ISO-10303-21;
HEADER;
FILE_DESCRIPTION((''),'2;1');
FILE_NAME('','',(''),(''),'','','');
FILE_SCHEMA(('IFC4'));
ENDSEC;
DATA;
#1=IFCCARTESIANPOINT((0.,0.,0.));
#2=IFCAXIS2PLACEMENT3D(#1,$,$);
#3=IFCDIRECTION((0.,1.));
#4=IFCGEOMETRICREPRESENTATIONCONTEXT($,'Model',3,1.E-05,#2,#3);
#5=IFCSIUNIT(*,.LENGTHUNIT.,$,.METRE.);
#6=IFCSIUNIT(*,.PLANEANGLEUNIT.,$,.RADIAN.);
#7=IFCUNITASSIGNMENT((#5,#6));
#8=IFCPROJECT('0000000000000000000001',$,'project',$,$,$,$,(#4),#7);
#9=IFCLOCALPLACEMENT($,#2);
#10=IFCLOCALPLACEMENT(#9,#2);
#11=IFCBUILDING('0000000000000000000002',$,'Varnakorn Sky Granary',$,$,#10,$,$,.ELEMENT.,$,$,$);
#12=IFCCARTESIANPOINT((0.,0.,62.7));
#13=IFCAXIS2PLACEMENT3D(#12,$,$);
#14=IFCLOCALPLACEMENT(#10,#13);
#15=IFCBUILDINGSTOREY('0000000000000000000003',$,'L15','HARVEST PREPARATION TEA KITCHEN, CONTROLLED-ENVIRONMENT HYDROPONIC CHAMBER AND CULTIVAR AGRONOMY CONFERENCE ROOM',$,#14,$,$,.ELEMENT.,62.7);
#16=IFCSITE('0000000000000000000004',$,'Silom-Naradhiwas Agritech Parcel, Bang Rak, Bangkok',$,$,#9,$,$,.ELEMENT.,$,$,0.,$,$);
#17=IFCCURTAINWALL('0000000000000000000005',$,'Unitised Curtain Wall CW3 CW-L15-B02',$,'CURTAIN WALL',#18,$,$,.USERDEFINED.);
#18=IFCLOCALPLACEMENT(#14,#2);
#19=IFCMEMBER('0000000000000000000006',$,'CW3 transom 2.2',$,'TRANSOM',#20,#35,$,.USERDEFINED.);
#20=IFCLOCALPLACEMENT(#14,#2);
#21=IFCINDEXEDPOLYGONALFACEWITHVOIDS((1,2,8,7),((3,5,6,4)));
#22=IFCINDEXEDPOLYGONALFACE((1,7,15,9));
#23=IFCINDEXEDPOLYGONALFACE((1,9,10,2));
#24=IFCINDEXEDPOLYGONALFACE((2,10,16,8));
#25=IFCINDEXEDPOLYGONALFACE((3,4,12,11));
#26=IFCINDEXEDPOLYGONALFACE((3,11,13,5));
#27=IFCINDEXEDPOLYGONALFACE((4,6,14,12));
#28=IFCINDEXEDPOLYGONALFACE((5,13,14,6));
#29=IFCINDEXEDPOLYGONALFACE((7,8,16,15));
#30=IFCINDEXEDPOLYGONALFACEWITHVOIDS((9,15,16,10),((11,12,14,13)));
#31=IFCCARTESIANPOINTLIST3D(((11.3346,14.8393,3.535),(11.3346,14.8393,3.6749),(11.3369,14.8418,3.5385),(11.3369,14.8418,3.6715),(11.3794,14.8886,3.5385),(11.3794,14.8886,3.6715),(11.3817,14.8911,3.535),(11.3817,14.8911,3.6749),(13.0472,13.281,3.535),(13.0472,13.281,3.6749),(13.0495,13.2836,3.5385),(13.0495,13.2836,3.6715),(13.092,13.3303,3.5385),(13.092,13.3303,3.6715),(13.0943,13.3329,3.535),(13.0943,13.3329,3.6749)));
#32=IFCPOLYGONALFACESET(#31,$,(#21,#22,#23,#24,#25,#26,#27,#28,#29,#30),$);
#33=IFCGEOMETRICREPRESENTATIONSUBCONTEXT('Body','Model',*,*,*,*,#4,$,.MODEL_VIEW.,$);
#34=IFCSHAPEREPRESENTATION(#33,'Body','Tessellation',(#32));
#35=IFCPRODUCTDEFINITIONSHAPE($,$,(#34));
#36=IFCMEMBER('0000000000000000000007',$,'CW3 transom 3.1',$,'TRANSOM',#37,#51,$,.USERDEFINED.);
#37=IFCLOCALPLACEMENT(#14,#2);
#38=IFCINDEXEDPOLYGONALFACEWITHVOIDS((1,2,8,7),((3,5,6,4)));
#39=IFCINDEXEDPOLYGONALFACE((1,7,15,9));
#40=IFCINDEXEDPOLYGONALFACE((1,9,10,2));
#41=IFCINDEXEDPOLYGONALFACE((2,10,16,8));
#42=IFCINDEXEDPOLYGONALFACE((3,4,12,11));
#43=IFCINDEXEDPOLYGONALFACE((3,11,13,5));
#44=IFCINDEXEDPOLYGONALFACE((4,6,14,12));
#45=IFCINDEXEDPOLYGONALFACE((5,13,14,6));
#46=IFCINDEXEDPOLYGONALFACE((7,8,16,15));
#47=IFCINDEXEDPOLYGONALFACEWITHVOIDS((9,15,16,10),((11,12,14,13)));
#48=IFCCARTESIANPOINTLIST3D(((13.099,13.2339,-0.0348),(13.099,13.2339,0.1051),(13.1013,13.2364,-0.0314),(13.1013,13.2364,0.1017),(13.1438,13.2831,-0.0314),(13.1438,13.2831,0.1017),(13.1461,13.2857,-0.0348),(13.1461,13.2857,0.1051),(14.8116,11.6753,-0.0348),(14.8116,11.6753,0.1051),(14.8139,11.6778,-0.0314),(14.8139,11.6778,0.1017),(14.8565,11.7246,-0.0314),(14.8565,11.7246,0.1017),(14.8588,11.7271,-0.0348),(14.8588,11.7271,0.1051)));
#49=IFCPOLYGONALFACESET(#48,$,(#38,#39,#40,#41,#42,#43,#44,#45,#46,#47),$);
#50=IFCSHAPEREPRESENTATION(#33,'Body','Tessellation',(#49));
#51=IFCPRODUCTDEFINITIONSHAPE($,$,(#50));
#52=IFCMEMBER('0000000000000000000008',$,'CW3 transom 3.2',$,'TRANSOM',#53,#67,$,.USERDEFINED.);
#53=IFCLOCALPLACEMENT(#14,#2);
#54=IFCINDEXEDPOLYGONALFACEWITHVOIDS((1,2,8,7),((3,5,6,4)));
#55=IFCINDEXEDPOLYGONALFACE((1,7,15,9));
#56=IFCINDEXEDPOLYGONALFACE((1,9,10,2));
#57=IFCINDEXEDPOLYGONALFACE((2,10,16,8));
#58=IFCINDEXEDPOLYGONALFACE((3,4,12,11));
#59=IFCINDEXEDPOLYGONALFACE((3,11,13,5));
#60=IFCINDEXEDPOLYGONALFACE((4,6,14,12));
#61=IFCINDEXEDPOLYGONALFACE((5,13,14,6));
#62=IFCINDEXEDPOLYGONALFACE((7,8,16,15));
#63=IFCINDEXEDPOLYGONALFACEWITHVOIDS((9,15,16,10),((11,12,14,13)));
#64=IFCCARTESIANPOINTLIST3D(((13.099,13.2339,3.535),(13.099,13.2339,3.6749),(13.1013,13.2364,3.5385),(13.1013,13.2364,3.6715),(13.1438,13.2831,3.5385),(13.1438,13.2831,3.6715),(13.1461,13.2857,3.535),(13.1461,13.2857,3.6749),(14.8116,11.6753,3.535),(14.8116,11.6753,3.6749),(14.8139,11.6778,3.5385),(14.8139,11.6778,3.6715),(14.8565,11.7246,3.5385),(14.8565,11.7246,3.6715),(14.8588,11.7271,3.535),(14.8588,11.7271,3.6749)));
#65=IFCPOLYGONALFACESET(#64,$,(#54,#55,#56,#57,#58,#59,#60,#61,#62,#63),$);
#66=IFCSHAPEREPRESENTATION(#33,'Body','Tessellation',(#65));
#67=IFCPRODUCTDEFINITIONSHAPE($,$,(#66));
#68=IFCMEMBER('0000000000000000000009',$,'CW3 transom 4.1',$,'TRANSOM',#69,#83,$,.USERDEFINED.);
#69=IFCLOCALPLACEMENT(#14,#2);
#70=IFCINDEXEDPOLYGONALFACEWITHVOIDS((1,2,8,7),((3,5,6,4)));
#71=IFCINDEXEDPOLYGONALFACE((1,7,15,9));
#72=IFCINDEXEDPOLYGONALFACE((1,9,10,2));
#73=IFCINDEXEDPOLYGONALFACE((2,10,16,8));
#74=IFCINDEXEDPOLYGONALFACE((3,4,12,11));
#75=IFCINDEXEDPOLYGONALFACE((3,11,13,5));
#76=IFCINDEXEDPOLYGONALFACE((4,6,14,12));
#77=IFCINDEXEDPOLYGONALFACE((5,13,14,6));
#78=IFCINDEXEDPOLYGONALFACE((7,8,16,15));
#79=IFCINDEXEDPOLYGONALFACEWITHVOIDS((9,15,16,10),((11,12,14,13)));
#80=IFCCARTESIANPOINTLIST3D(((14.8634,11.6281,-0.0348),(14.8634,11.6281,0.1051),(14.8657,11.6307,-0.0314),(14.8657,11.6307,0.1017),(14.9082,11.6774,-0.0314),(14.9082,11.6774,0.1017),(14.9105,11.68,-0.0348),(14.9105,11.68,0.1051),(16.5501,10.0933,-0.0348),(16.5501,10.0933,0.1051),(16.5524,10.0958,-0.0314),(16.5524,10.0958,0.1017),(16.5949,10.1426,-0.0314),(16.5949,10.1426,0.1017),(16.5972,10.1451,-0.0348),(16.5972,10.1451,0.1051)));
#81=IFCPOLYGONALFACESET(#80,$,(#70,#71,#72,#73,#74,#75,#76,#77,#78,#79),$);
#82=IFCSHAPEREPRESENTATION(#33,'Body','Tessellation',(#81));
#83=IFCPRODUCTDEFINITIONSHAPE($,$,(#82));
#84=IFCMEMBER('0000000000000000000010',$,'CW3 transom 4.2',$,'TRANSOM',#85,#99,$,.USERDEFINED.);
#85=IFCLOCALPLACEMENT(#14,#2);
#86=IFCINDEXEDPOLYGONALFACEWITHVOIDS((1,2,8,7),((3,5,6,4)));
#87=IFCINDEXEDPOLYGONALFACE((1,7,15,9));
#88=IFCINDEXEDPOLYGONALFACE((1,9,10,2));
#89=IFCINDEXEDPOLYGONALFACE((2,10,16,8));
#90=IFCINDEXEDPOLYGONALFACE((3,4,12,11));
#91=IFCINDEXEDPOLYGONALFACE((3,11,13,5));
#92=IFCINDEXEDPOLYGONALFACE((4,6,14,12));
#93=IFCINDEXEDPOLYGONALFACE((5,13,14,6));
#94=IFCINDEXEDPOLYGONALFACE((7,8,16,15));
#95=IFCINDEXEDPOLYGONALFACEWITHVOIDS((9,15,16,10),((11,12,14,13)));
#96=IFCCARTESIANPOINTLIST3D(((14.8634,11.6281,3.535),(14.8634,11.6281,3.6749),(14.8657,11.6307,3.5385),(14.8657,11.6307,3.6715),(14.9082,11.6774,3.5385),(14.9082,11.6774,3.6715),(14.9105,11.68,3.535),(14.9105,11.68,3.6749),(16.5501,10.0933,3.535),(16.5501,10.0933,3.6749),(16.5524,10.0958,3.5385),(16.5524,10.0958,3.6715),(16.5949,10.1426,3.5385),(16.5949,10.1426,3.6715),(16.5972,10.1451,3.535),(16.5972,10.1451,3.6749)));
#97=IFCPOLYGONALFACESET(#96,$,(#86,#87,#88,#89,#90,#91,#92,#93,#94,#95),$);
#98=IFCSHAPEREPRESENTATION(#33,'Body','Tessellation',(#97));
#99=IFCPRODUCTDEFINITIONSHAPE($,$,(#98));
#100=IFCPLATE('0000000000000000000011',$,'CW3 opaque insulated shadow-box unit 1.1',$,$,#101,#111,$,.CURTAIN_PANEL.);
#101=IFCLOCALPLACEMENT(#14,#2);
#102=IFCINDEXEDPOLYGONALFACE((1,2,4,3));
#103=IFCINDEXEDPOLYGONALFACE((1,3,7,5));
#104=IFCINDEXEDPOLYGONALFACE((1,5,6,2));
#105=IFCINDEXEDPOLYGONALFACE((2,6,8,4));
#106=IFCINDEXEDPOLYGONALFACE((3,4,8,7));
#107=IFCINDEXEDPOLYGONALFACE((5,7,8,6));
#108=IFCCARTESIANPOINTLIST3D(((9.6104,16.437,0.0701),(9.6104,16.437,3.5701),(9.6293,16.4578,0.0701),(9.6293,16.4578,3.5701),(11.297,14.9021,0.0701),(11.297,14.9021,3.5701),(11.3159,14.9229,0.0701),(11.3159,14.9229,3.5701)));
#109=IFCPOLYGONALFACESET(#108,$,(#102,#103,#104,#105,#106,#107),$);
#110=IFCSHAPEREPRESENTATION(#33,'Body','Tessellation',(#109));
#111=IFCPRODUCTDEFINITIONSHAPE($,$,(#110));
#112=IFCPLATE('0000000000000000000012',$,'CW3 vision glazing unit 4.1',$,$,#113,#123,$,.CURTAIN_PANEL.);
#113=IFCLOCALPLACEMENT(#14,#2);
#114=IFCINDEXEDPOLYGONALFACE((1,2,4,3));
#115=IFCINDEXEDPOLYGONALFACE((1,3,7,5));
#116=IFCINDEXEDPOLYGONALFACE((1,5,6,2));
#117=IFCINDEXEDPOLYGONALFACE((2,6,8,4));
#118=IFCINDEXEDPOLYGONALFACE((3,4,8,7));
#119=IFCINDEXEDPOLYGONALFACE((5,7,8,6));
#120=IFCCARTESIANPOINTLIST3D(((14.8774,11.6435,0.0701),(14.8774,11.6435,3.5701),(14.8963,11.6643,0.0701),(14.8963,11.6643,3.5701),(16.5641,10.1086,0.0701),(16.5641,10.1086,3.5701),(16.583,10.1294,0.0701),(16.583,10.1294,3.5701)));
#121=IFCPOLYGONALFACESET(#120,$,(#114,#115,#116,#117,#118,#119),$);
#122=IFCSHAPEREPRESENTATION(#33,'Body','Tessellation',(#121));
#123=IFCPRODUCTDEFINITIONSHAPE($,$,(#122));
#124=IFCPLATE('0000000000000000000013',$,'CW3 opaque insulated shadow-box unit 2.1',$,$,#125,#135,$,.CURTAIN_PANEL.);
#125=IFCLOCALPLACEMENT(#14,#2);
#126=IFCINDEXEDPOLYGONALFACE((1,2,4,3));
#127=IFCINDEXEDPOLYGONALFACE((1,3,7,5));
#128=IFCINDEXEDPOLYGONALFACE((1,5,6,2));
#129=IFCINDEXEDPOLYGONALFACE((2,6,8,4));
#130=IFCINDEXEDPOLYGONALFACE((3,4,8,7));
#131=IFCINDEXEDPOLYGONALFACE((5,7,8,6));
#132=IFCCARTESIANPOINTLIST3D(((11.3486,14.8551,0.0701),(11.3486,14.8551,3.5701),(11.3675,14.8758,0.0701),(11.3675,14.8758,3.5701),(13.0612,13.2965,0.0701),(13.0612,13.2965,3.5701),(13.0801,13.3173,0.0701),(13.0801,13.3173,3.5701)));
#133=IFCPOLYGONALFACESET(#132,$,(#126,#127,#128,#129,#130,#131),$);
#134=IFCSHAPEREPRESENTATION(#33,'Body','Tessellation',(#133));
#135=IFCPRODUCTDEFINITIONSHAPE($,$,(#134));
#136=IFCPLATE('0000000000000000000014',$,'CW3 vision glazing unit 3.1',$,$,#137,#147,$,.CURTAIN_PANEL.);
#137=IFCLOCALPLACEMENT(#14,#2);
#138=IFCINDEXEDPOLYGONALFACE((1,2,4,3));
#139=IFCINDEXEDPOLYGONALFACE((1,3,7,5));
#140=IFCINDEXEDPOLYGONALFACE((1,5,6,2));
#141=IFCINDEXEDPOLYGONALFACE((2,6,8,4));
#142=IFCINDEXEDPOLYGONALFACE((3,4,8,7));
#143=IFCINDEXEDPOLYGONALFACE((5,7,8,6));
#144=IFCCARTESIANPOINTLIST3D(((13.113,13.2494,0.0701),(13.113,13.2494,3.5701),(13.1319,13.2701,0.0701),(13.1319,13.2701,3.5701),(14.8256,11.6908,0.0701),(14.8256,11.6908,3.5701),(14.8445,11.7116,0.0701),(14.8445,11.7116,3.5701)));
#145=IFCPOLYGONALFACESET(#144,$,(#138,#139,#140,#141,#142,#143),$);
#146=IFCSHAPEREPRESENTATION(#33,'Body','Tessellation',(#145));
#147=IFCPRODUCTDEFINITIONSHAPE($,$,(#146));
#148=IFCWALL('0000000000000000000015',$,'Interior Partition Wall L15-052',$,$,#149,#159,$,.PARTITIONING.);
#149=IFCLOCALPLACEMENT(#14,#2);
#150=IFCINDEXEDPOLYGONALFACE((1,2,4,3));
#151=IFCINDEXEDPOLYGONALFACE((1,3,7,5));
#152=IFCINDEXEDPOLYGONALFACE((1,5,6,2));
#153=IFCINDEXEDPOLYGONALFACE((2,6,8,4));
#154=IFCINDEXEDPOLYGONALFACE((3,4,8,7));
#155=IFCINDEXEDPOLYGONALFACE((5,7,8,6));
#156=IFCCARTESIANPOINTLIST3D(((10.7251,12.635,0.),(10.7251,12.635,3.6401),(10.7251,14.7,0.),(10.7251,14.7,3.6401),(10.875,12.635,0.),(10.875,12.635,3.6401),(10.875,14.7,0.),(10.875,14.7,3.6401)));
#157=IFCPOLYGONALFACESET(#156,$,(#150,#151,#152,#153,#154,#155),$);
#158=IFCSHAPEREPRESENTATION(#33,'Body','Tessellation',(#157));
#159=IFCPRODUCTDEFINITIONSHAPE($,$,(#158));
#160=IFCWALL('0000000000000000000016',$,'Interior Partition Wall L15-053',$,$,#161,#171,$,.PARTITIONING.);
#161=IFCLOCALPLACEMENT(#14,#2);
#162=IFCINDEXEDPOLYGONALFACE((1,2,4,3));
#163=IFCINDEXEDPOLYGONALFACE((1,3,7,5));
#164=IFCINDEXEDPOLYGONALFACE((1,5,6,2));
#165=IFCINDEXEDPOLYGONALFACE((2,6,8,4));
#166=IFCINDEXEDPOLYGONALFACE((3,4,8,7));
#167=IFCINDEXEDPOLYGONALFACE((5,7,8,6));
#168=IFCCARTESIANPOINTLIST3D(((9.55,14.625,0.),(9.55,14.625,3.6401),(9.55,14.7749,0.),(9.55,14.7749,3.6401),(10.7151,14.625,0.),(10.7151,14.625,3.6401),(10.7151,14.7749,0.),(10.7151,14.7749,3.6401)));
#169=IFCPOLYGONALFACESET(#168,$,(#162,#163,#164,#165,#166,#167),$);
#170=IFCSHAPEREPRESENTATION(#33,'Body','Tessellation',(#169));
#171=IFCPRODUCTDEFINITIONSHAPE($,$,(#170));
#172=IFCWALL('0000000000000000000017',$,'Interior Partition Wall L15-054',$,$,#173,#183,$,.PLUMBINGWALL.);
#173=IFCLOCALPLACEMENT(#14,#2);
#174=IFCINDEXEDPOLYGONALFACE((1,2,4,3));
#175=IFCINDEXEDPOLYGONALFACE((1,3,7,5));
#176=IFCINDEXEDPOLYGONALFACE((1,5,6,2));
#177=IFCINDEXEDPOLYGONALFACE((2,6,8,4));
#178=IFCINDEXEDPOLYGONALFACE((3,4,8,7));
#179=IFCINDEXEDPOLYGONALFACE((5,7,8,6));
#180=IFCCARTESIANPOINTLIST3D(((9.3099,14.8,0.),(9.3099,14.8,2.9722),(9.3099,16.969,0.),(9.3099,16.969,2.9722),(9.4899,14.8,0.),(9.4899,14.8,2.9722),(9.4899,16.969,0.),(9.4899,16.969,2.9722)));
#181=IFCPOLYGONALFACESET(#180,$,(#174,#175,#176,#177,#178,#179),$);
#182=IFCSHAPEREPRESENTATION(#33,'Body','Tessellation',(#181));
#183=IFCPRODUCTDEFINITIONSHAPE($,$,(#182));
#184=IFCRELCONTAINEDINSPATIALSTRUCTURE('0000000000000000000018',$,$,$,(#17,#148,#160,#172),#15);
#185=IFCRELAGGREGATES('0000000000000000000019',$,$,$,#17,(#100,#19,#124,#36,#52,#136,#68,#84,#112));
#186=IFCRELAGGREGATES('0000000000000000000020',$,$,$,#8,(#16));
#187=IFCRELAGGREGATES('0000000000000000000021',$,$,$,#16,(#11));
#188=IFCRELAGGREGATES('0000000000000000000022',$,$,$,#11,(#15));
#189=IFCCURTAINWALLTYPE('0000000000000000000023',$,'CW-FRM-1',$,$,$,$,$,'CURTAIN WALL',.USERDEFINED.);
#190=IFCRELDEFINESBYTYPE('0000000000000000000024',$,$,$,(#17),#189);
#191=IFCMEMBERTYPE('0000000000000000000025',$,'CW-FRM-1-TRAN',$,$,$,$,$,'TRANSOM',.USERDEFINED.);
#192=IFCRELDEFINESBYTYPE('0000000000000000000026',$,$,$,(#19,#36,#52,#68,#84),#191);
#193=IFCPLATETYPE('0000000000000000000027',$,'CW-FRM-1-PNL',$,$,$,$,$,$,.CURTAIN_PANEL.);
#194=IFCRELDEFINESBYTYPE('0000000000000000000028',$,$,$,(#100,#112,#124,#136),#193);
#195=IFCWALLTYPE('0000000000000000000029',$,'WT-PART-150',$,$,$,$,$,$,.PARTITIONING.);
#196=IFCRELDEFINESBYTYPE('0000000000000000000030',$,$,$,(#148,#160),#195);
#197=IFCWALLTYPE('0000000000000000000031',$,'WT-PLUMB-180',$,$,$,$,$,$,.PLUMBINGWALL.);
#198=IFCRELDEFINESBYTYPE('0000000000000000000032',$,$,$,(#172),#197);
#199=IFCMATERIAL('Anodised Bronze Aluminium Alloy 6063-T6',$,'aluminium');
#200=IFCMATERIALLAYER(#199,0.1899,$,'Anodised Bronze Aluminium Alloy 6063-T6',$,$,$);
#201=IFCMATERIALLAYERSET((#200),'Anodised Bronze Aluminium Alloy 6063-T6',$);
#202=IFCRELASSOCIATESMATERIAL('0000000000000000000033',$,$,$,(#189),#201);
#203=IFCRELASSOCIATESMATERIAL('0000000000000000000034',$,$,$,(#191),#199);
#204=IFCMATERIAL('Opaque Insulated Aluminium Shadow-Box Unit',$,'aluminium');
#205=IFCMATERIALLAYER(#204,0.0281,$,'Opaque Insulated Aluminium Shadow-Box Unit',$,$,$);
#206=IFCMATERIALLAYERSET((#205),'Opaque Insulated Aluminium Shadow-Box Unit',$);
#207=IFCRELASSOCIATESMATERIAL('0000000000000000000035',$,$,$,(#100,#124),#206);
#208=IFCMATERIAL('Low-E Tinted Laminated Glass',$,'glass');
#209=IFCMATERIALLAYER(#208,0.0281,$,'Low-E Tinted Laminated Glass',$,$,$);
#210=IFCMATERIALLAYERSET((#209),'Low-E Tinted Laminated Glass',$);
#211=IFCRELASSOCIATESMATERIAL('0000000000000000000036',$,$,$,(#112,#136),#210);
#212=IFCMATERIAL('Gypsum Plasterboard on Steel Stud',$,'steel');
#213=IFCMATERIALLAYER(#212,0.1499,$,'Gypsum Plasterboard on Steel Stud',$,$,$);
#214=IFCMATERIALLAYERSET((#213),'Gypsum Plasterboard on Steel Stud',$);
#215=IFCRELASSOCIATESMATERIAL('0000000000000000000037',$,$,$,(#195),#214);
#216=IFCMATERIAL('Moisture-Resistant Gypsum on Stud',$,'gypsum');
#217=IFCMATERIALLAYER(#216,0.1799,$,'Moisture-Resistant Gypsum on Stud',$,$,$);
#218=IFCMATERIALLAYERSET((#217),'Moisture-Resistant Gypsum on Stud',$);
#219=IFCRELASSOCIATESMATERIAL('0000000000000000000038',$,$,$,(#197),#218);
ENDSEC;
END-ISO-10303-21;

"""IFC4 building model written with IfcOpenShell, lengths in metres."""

from ifc_helpers import new_model, si_unit, direction, frame, frame_2d, origin, origin_2d, place, context, subcontext, project, spatial, rectangle, hollow_rectangle, extrude, source, transform, mapped, material, layer, layer_set, material_profile, profile_set, type_object, type_shapes, element, aggregate, save


model = new_model("IFC4")

# Units and contexts
model_context = context("Model", 3, precision=1e-05, world=origin(), true_north=direction((0.0, 1.0)))
body_context = subcontext(model_context, "Body", "Model", "MODEL_VIEW")
ifc_project = project(units=[si_unit("LENGTHUNIT", "METRE"), si_unit("PLANEANGLEUNIT", "RADIAN")], contexts=[model_context])

# Site, building, storey
site_placement = place(None, origin())
site = spatial("IfcSite", under=ifc_project, at=site_placement, Name="Silom-Naradhiwas Agritech Parcel, Bang Rak, Bangkok", CompositionType="ELEMENT", RefElevation=0.0)
building_placement = place(site_placement, origin())
building = spatial("IfcBuilding", under=site, at=building_placement, Name="Varnakorn Sky Granary", CompositionType="ELEMENT")
storey_placement = place(building_placement, frame((0.0, 0.0, 62.7)))
storey = spatial("IfcBuildingStorey", under=building, at=storey_placement, Name="L15", Description="HARVEST PREPARATION TEA KITCHEN, CONTROLLED-ENVIRONMENT HYDROPONIC CHAMBER AND CULTIVAR AGRONOMY CONFERENCE ROOM", CompositionType="ELEMENT", Elevation=62.7)

# Curtain wall, members, plates
ifc_material_1 = material(Name="Anodised Bronze Aluminium Alloy 6063-T6", Category="aluminium")
ifc_layer_1 = layer(ifc_material_1, 0.1899, Name="Anodised Bronze Aluminium Alloy 6063-T6")
ifc_layer_set_1 = layer_set([ifc_layer_1], Name="Anodised Bronze Aluminium Alloy 6063-T6")
curtain_wall_type = type_object("IfcCurtainWallType", Name="CW-FRM-1", ElementType="CURTAIN WALL", PredefinedType="USERDEFINED", material=ifc_layer_set_1)
curtain_wall_placement = place(storey_placement, origin())
curtain_wall = element("IfcCurtainWall", 1, at=curtain_wall_placement, inside=storey, type_object=curtain_wall_type, Name="Unitised Curtain Wall CW3 CW-L15-B02", ObjectType="CURTAIN WALL", PredefinedType="USERDEFINED")
ifc_material_profile_1 = material_profile(ifc_material_1, hollow_rectangle(XDim=0.0701, YDim=0.1399, WallThickness=0.0034, at=origin_2d()), Name="ALU TRAN 70x140")
ifc_profile_set_1 = profile_set([ifc_material_profile_1], Name="Anodised Bronze Aluminium Alloy 6063-T6")
member_type_1 = type_object("IfcMemberType", Name="CW-FRM-1-TRAN", ElementType="TRANSOM", PredefinedType="USERDEFINED", material=ifc_profile_set_1)
member_1_placement = place(storey_placement, frame((11.3582, 14.8652, 3.605), z_axis=(0.739639, -0.673003, 0.0), x_axis=(0.673003, 0.739639, 0.0)))
member_1 = element("IfcMember", 2, at=member_1_placement, type_object=member_type_1, Name="CW3 transom 2.2", ObjectType="TRANSOM", PredefinedType="USERDEFINED", context=body_context, shape_type="SweptSolid", body=[
    extrude(hollow_rectangle(XDim=0.0701, YDim=0.1399, WallThickness=0.0034, at=origin_2d()), origin(), (0.0, 0.0, 1.0), 2.3154),
])
member_2_placement = place(storey_placement, frame((13.1226, 13.2598, 0.0352), z_axis=(0.739587, -0.673061, 0.0), x_axis=(0.673061, 0.739587, 0.0)))
member_2 = element("IfcMember", 3, at=member_2_placement, type_object=member_type_1, Name="CW3 transom 3.1", ObjectType="TRANSOM", PredefinedType="USERDEFINED", context=body_context, shape_type="SweptSolid", body=[
    extrude(hollow_rectangle(XDim=0.0701, YDim=0.1399, WallThickness=0.0034, at=origin_2d()), origin(), (0.0, 0.0, 1.0), 2.3157),
])
member_3_placement = place(storey_placement, frame((13.1226, 13.2598, 3.605), z_axis=(0.739587, -0.673061, 0.0), x_axis=(0.673061, 0.739587, 0.0)))
member_3 = element("IfcMember", 4, at=member_3_placement, type_object=member_type_1, Name="CW3 transom 3.2", ObjectType="TRANSOM", PredefinedType="USERDEFINED", context=body_context, shape_type="SweptSolid", body=[
    extrude(hollow_rectangle(XDim=0.0701, YDim=0.1399, WallThickness=0.0034, at=origin_2d()), origin(), (0.0, 0.0, 1.0), 2.3157),
])
member_4_placement = place(storey_placement, frame((14.887, 11.6541, 0.0352), z_axis=(0.739615, -0.67303, 0.0), x_axis=(0.67303, 0.739615, 0.0)))
member_4 = element("IfcMember", 5, at=member_4_placement, type_object=member_type_1, Name="CW3 transom 4.1", ObjectType="TRANSOM", PredefinedType="USERDEFINED", context=body_context, shape_type="SweptSolid", body=[
    extrude(hollow_rectangle(XDim=0.0701, YDim=0.1399, WallThickness=0.0034, at=origin_2d()), origin(), (0.0, 0.0, 1.0), 2.2805),
])
member_5_placement = place(storey_placement, frame((14.887, 11.6541, 3.605), z_axis=(0.739615, -0.67303, 0.0), x_axis=(0.67303, 0.739615, 0.0)))
member_5 = element("IfcMember", 6, at=member_5_placement, type_object=member_type_1, Name="CW3 transom 4.2", ObjectType="TRANSOM", PredefinedType="USERDEFINED", context=body_context, shape_type="SweptSolid", body=[
    extrude(hollow_rectangle(XDim=0.0701, YDim=0.1399, WallThickness=0.0034, at=origin_2d()), origin(), (0.0, 0.0, 1.0), 2.2805),
])
ifc_material_2 = material(Name="Opaque Insulated Aluminium Shadow-Box Unit", Category="aluminium")
ifc_layer_2 = layer(ifc_material_2, 0.0281, Name="Opaque Insulated Aluminium Shadow-Box Unit")
ifc_layer_set_2 = layer_set([ifc_layer_2], Name="Opaque Insulated Aluminium Shadow-Box Unit")
plate_type = type_object("IfcPlateType", Name="CW-FRM-1-PNL", PredefinedType="CURTAIN_PANEL")
shared_shape_1 = source(origin(), body_context, "Body", "SweptSolid", [
    extrude(rectangle(XDim=2.2805, YDim=0.0281, at=origin_2d()), origin(), (0.0, 0.0, 1.0), 3.5),
])
plate_1_placement = place(storey_placement, frame((10.4631, 15.6799, 0.0701), z_axis=(0.0, 0.0, 1.0), x_axis=(0.739596, -0.673051, 0.0)))
plate_1 = element("IfcPlate", 7, at=plate_1_placement, type_object=plate_type, material=ifc_layer_set_2, Name="CW3 opaque insulated shadow-box unit 1.1", PredefinedType="CURTAIN_PANEL", context=body_context, shape_type="MappedRepresentation", body=[
    mapped(shared_shape_1, transform((0.0, 0.0, 0.0), x_axis=(1.0, 0.0, 0.0), y_axis=(0.0, 1.0, 0.0), z_axis=(0.0, 0.0, 1.0), scale=1.0)),
])
ifc_material_3 = material(Name="Low-E Tinted Laminated Glass", Category="glass")
ifc_layer_3 = layer(ifc_material_3, 0.0281, Name="Low-E Tinted Laminated Glass")
ifc_layer_set_3 = layer_set([ifc_layer_3], Name="Low-E Tinted Laminated Glass")
plate_2_placement = place(storey_placement, frame((15.7302, 10.8865, 0.0701), z_axis=(0.0, 0.0, 1.0), x_axis=(0.739596, -0.673051, 0.0)))
plate_2 = element("IfcPlate", 8, at=plate_2_placement, type_object=plate_type, material=ifc_layer_set_3, Name="CW3 vision glazing unit 4.1", PredefinedType="CURTAIN_PANEL", context=body_context, shape_type="MappedRepresentation", body=[
    mapped(shared_shape_1, transform((0.0, 0.0, 0.0), x_axis=(1.0, 0.0, 0.0), y_axis=(0.0, 1.0, 0.0), z_axis=(0.0, 0.0, 1.0), scale=1.0)),
])
shared_shape_2 = source(origin(), body_context, "Body", "SweptSolid", [
    extrude(rectangle(XDim=2.3157, YDim=0.0281, at=origin_2d()), origin(), (0.0, 0.0, 1.0), 3.5),
])
type_shapes(plate_type, [shared_shape_1, shared_shape_2])
plate_3_placement = place(storey_placement, frame((12.2144, 14.0862, 0.0701), z_axis=(0.0, 0.0, 1.0), x_axis=(0.739596, -0.673051, 0.0)))
plate_3 = element("IfcPlate", 9, at=plate_3_placement, type_object=plate_type, material=ifc_layer_set_2, Name="CW3 opaque insulated shadow-box unit 2.1", PredefinedType="CURTAIN_PANEL", context=body_context, shape_type="MappedRepresentation", body=[
    mapped(shared_shape_2, transform((0.0, 0.0, 0.0), x_axis=(1.0, 0.0, 0.0), y_axis=(0.0, 1.0, 0.0), z_axis=(0.0, 0.0, 1.0), scale=1.0)),
])
plate_4_placement = place(storey_placement, frame((13.9788, 12.4805, 0.0701), z_axis=(0.0, 0.0, 1.0), x_axis=(0.739596, -0.673051, 0.0)))
plate_4 = element("IfcPlate", 10, at=plate_4_placement, type_object=plate_type, material=ifc_layer_set_3, Name="CW3 vision glazing unit 3.1", PredefinedType="CURTAIN_PANEL", context=body_context, shape_type="MappedRepresentation", body=[
    mapped(shared_shape_2, transform((0.0, 0.0, 0.0), x_axis=(1.0, 0.0, 0.0), y_axis=(0.0, 1.0, 0.0), z_axis=(0.0, 0.0, 1.0), scale=1.0)),
])
aggregate(curtain_wall, [plate_1, member_1, plate_3, member_2, member_3, plate_4, member_4, member_5, plate_2])

# Walls
ifc_material_4 = material(Name="Gypsum Plasterboard on Steel Stud", Category="steel")
ifc_layer_4 = layer(ifc_material_4, 0.1499, Name="Gypsum Plasterboard on Steel Stud")
ifc_layer_set_4 = layer_set([ifc_layer_4], Name="Gypsum Plasterboard on Steel Stud")
wall_type_1 = type_object("IfcWallType", Name="WT-PART-150", PredefinedType="PARTITIONING", material=ifc_layer_set_4)
wall_1_placement = place(storey_placement, frame((10.8, 12.635, 0.0), z_axis=(0.0, 0.0, 1.0), x_axis=(0.0, 1.0, 0.0)))
element("IfcWall", 11, at=wall_1_placement, inside=storey, type_object=wall_type_1, Name="Interior Partition Wall L15-052", PredefinedType="PARTITIONING", context=body_context, shape_type="SweptSolid", body=[
    extrude(rectangle(XDim=2.0649, YDim=0.1499, at=frame_2d((1.0325, 0.0))), origin(), (0.0, 0.0, 1.0), 3.6401),
])
wall_2_placement = place(storey_placement, frame((10.7151, 14.7, 0.0), z_axis=(0.0, 0.0, 1.0), x_axis=(-1.0, 0.0, 0.0)))
element("IfcWall", 12, at=wall_2_placement, inside=storey, type_object=wall_type_1, Name="Interior Partition Wall L15-053", PredefinedType="PARTITIONING", context=body_context, shape_type="SweptSolid", body=[
    extrude(rectangle(XDim=1.165, YDim=0.1499, at=frame_2d((0.5825, 0.0))), origin(), (0.0, 0.0, 1.0), 3.6401),
])
ifc_material_5 = material(Name="Moisture-Resistant Gypsum on Stud", Category="gypsum")
ifc_layer_5 = layer(ifc_material_5, 0.1799, Name="Moisture-Resistant Gypsum on Stud")
ifc_layer_set_5 = layer_set([ifc_layer_5], Name="Moisture-Resistant Gypsum on Stud")
wall_type_2 = type_object("IfcWallType", Name="WT-PLUMB-180", PredefinedType="PLUMBINGWALL", material=ifc_layer_set_5)
wall_3_placement = place(storey_placement, frame((9.3999, 14.8, 0.0), z_axis=(0.0, 0.0, 1.0), x_axis=(0.0, 1.0, 0.0)))
element("IfcWall", 13, at=wall_3_placement, inside=storey, type_object=wall_type_2, Name="Interior Partition Wall L15-054", PredefinedType="PLUMBINGWALL", context=body_context, shape_type="SweptSolid", body=[
    extrude(rectangle(XDim=2.1689, YDim=0.1799, at=frame_2d((1.0845, 0.0))), origin(), (0.0, 0.0, 1.0), 2.9722),
])

save(model, "model.ifc")
